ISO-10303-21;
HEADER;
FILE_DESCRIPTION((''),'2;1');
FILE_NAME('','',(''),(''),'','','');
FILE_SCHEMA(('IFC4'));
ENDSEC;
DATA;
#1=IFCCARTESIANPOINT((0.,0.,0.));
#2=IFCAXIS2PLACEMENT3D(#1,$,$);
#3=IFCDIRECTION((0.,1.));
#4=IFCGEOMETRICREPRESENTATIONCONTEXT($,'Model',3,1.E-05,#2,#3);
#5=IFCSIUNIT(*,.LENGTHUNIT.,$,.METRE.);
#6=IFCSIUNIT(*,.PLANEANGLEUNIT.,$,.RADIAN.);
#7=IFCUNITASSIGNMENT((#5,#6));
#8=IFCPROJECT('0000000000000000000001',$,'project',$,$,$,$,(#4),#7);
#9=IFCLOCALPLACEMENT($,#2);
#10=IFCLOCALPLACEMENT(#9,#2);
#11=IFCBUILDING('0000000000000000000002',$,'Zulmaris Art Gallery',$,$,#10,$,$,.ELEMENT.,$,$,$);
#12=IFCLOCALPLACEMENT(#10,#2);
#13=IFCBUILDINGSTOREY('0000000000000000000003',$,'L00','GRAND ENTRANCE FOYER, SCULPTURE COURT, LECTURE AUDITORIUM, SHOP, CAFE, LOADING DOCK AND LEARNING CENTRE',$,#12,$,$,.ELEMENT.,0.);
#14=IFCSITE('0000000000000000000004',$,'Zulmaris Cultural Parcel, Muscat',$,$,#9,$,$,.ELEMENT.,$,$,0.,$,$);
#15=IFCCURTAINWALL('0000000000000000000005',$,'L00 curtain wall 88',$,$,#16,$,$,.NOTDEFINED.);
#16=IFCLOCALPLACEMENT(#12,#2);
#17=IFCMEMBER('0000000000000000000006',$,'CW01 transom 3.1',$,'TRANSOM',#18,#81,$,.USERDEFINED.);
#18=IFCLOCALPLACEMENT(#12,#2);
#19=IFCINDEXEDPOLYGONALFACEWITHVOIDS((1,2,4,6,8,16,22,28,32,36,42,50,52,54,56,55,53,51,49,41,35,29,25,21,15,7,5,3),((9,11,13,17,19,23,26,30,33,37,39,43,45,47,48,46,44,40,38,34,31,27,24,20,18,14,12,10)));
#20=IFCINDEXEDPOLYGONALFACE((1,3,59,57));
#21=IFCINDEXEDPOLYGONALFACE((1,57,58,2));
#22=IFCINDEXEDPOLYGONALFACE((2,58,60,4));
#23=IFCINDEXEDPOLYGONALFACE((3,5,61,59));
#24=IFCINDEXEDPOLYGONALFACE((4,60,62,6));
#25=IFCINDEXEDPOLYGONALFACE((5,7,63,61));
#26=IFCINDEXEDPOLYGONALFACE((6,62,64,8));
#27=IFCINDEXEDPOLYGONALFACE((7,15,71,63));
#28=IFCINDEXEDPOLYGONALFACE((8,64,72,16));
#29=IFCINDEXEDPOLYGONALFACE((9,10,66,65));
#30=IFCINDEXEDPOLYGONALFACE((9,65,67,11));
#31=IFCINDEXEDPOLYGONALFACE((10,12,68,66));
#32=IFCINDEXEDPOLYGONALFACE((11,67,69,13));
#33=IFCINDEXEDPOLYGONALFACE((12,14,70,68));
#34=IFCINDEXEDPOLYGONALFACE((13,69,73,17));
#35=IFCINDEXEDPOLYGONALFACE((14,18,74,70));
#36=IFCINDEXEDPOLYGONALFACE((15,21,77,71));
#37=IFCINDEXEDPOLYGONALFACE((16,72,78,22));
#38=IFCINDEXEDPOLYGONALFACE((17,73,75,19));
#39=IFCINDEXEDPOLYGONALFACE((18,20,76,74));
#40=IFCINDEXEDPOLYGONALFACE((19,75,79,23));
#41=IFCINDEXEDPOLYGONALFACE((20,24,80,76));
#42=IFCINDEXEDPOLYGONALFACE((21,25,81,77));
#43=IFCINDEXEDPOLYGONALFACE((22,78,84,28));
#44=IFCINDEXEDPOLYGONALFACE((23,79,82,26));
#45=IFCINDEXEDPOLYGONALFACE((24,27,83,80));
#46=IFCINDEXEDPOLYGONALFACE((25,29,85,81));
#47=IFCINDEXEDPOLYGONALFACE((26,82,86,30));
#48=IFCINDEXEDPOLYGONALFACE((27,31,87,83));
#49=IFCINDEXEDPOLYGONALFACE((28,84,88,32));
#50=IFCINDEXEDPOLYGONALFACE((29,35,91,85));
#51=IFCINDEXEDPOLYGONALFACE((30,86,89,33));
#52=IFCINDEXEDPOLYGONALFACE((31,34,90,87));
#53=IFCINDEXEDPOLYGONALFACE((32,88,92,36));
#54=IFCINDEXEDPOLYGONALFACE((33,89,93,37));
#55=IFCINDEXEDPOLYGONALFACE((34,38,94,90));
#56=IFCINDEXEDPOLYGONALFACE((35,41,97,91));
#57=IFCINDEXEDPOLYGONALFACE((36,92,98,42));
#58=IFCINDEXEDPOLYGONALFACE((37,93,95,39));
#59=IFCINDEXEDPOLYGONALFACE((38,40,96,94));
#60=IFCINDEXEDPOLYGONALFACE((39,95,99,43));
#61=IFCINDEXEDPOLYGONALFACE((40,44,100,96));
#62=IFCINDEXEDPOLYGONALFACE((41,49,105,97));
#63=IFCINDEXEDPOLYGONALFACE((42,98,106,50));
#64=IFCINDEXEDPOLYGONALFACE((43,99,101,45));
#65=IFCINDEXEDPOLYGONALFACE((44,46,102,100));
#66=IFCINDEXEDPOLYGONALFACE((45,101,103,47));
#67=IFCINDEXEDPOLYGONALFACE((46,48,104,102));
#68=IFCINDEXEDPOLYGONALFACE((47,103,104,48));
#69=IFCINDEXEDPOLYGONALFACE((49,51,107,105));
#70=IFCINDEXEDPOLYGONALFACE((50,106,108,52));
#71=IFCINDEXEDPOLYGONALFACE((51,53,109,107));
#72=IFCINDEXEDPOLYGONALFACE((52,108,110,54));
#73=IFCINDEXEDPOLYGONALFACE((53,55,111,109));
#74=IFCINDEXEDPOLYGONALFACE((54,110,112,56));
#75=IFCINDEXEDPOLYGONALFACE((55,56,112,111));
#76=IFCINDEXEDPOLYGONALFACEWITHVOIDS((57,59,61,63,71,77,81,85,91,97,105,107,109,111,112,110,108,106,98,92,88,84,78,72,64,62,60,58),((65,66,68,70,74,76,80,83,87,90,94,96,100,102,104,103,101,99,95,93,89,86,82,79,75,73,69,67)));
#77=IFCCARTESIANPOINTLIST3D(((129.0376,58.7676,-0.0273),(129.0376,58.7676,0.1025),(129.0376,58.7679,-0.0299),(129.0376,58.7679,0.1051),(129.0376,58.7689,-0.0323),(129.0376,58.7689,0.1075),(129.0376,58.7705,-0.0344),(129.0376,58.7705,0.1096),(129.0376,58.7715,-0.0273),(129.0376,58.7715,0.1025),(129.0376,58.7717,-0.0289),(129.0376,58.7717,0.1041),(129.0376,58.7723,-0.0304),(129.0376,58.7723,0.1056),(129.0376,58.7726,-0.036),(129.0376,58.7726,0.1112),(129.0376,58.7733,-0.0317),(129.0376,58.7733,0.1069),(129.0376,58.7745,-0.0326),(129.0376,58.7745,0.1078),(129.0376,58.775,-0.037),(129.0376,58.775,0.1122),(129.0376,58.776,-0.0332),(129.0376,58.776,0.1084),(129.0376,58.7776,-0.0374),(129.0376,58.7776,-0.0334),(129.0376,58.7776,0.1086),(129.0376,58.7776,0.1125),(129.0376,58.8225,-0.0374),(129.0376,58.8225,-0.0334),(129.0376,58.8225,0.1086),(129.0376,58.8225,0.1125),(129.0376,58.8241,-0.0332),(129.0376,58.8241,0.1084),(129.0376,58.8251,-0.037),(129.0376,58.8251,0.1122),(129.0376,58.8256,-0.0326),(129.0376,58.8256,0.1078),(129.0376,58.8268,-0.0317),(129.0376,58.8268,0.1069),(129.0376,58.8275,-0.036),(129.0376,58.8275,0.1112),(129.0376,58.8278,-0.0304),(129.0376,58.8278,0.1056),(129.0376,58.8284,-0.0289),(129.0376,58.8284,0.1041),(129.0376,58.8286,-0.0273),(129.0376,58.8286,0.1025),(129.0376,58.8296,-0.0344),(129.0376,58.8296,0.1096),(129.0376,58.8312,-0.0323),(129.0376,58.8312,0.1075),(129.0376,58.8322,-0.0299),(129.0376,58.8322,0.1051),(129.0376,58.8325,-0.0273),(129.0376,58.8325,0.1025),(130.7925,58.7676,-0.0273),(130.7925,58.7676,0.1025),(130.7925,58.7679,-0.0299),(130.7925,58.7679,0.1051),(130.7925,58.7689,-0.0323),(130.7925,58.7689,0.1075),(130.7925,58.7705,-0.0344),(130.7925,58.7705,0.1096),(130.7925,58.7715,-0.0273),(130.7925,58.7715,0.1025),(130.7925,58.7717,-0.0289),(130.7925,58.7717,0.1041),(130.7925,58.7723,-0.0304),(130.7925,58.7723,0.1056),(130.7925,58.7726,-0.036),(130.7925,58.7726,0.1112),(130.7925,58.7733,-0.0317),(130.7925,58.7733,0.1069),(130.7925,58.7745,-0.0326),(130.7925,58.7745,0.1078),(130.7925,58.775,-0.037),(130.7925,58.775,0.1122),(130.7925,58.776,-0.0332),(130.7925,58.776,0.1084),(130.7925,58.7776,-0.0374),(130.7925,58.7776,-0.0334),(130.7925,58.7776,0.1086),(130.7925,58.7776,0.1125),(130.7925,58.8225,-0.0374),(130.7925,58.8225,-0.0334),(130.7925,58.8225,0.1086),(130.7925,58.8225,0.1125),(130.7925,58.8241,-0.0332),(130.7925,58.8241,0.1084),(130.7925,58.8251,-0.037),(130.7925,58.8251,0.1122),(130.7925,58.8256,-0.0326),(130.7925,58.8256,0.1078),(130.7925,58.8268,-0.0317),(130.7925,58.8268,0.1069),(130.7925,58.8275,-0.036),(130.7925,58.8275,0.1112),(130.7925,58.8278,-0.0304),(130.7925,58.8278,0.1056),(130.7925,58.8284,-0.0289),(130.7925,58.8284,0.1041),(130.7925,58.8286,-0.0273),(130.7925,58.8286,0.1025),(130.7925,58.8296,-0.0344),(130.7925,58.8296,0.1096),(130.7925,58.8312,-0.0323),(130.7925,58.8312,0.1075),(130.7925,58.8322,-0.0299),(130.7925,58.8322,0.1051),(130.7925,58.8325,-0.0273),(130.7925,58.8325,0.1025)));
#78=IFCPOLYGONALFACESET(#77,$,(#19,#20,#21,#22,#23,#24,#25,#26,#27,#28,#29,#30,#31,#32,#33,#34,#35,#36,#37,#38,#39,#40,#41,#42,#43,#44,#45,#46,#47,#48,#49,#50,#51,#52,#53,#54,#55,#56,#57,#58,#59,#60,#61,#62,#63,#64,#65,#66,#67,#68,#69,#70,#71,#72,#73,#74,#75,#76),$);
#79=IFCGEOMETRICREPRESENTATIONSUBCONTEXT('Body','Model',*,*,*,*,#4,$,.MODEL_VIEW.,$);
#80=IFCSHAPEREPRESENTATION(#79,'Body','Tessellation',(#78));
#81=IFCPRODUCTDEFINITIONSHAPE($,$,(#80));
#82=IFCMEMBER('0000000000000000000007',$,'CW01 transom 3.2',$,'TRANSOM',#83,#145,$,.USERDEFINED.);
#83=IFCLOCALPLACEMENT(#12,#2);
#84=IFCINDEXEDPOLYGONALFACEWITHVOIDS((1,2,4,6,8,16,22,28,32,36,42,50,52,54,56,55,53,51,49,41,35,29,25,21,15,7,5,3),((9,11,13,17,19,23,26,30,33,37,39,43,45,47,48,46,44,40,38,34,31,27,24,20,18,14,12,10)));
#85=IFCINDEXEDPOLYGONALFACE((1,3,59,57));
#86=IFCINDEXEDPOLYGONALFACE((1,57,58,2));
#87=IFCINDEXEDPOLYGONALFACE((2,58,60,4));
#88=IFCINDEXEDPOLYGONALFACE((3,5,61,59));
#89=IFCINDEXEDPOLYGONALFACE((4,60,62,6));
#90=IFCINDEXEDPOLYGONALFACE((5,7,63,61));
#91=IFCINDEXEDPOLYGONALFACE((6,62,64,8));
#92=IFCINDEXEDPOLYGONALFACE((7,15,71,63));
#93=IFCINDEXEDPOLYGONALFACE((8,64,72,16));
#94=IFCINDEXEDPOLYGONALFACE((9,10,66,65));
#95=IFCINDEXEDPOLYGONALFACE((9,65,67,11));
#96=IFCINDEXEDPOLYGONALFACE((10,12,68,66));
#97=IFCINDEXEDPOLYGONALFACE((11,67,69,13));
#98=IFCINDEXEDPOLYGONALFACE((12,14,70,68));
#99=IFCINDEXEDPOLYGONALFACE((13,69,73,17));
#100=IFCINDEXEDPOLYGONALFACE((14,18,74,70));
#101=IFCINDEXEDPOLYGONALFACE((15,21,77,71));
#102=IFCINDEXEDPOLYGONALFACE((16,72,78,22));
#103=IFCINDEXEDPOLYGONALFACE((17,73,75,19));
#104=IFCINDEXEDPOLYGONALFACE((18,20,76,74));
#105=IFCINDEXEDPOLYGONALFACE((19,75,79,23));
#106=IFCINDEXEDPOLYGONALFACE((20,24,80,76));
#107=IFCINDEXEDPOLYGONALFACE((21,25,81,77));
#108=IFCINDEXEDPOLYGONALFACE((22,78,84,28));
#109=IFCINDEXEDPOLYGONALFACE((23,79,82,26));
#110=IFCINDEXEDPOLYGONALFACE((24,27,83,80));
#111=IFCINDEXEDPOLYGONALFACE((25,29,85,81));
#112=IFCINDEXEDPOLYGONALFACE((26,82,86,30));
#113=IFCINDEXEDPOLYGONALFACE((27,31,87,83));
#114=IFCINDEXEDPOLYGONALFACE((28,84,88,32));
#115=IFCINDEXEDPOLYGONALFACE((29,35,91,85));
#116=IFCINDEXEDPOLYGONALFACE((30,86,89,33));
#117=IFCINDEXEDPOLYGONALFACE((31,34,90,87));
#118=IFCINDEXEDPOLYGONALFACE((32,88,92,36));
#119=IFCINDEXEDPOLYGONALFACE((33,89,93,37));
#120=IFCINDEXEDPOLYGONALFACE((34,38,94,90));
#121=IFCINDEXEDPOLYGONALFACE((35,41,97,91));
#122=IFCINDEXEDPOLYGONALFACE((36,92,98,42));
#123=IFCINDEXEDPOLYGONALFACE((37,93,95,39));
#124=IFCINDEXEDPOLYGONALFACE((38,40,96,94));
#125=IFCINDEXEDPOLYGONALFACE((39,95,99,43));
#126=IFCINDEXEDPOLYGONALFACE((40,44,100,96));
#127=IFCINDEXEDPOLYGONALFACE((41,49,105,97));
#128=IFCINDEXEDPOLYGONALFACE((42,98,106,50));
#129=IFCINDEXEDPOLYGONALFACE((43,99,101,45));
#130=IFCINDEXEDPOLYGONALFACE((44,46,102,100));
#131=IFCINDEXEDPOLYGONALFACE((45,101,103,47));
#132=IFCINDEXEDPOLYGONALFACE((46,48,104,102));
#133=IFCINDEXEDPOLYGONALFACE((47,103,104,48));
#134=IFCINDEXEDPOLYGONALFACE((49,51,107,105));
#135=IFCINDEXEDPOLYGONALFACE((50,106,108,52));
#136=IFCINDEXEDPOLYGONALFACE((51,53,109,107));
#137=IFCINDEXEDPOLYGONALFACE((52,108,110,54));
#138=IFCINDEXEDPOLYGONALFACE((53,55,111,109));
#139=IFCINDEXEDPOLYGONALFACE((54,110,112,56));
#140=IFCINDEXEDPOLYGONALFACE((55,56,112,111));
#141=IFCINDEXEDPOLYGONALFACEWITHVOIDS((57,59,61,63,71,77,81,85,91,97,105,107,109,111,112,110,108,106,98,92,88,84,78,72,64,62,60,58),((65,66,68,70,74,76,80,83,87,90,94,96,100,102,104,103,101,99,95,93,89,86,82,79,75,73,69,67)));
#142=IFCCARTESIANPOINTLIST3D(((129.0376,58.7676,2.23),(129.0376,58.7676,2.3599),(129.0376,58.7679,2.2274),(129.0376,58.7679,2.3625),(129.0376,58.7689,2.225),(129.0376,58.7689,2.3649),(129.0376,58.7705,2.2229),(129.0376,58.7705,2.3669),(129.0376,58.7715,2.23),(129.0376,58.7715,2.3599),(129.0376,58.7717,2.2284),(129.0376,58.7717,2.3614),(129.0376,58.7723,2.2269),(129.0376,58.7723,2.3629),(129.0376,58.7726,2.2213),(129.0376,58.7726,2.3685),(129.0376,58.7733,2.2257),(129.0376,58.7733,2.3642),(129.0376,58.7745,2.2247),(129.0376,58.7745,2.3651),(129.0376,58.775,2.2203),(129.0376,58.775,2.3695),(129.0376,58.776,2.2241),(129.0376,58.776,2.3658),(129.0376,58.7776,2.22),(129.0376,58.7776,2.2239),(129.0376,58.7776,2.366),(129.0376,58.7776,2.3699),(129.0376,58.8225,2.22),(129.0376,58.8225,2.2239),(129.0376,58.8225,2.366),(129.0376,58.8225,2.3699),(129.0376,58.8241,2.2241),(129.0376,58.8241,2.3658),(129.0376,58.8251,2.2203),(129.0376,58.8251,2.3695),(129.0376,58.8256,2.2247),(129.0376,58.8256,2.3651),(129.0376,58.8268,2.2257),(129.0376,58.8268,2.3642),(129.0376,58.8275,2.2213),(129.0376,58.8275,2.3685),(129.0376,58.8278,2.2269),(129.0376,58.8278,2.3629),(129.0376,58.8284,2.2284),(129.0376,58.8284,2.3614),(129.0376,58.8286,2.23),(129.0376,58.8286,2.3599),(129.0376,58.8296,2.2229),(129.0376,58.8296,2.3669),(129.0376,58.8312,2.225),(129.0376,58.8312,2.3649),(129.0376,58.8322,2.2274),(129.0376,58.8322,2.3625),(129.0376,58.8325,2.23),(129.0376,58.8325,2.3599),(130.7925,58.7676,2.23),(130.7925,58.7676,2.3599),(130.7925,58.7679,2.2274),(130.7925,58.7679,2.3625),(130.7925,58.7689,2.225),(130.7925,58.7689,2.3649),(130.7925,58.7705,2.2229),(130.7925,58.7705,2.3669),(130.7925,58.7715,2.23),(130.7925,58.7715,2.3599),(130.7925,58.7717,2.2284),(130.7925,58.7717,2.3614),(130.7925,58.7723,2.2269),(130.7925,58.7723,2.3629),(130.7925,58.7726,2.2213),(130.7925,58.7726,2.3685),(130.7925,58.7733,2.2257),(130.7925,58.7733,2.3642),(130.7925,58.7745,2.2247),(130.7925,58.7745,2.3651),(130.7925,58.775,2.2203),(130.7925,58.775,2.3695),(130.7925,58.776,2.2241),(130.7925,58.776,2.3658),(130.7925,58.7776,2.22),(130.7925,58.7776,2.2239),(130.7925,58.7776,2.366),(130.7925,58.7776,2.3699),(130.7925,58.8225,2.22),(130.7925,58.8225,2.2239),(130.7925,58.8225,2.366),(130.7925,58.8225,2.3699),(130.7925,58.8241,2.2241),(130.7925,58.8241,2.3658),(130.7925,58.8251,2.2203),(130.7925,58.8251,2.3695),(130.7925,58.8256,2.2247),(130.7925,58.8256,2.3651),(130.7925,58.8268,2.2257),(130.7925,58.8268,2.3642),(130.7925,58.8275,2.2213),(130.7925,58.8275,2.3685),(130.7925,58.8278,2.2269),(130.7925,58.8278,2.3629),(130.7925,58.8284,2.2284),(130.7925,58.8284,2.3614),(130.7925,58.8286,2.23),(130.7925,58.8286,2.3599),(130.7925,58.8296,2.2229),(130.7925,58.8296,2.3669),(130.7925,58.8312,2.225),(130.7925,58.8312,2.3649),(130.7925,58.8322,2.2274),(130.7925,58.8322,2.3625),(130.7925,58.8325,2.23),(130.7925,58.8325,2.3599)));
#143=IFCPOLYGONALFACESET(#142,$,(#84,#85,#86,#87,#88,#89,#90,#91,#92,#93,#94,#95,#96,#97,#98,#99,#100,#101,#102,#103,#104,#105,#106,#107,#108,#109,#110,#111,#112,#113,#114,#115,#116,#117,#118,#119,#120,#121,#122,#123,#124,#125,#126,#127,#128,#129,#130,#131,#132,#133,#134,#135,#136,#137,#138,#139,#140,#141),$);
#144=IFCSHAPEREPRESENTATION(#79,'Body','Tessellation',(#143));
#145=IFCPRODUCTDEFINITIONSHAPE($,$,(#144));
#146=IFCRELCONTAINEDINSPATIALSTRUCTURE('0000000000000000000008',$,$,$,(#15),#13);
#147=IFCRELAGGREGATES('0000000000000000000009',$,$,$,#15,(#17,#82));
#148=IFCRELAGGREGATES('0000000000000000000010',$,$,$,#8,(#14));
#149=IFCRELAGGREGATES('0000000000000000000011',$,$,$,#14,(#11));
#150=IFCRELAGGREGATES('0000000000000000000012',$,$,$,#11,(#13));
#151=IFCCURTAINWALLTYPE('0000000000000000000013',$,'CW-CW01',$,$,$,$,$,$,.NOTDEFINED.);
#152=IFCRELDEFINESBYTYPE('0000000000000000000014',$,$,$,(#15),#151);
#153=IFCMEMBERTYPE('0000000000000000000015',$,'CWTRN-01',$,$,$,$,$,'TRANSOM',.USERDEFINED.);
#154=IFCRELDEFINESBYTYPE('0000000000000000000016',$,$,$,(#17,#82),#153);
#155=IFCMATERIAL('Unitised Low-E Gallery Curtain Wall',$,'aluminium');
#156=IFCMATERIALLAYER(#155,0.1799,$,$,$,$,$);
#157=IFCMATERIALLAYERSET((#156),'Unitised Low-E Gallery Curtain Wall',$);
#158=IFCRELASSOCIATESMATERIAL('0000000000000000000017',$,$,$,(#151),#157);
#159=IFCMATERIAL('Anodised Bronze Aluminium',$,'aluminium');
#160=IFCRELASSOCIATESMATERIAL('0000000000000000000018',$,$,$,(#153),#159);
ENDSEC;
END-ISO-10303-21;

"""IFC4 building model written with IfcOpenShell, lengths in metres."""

from ifc_helpers import new_model, si_unit, direction, frame, origin, origin_2d, place, context, subcontext, project, spatial, hollow_rectangle, extrude, material, layer, layer_set, material_profile, profile_set, type_object, element, aggregate, save


model = new_model("IFC4")

# Units and contexts
model_context = context("Model", 3, precision=1e-05, world=origin(), true_north=direction((0.0, 1.0)))
body_context = subcontext(model_context, "Body", "Model", "MODEL_VIEW")
ifc_project = project(units=[si_unit("LENGTHUNIT", "METRE"), si_unit("PLANEANGLEUNIT", "RADIAN")], contexts=[model_context])

# Site, building, storey
site_placement = place(None, origin())
site = spatial("IfcSite", under=ifc_project, at=site_placement, Name="Zulmaris Cultural Parcel, Muscat", CompositionType="ELEMENT", RefElevation=0.0)
building_placement = place(site_placement, origin())
building = spatial("IfcBuilding", under=site, at=building_placement, Name="Zulmaris Art Gallery", CompositionType="ELEMENT")
storey_placement = place(building_placement, origin())
storey = spatial("IfcBuildingStorey", under=building, at=storey_placement, Name="L00", Description="GRAND ENTRANCE FOYER, SCULPTURE COURT, LECTURE AUDITORIUM, SHOP, CAFE, LOADING DOCK AND LEARNING CENTRE", CompositionType="ELEMENT", Elevation=0.0)

# Curtain wall, members
ifc_material_1 = material(Name="Unitised Low-E Gallery Curtain Wall", Category="aluminium")
ifc_layer_1 = layer(ifc_material_1, 0.1799)
ifc_layer_set_1 = layer_set([ifc_layer_1], Name="Unitised Low-E Gallery Curtain Wall")
curtain_wall_type = type_object("IfcCurtainWallType", Name="CW-CW01", PredefinedType="NOTDEFINED", material=ifc_layer_set_1)
curtain_wall_placement = place(storey_placement, origin())
curtain_wall = element("IfcCurtainWall", 1, at=curtain_wall_placement, inside=storey, type_object=curtain_wall_type, Name="L00 curtain wall 88", PredefinedType="NOTDEFINED")
ifc_material_2 = material(Name="Anodised Bronze Aluminium", Category="aluminium")
ifc_material_profile_1 = material_profile(ifc_material_2, hollow_rectangle(XDim=0.0649, YDim=0.1499, WallThickness=0.0039, InnerFilletRadius=0.0061, OuterFilletRadius=0.01, at=origin_2d()), Name="ALU 65x150x4")
ifc_profile_set_1 = profile_set([ifc_material_profile_1], Name="Anodised Bronze Aluminium")
member_type_1 = type_object("IfcMemberType", Name="CWTRN-01", ElementType="TRANSOM", PredefinedType="USERDEFINED", material=ifc_profile_set_1)
member_1_placement = place(storey_placement, frame((129.0376, 58.8, 0.0376), z_axis=(1.0, 0.0, 0.0), x_axis=(0.0, 1.0, 0.0)))
member_1 = element("IfcMember", 2, at=member_1_placement, type_object=member_type_1, Name="CW01 transom 3.1", ObjectType="TRANSOM", PredefinedType="USERDEFINED", context=body_context, shape_type="SweptSolid", body=[
    extrude(hollow_rectangle(XDim=0.0649, YDim=0.1499, WallThickness=0.0039, InnerFilletRadius=0.0061, OuterFilletRadius=0.01, at=origin_2d()), origin(), (0.0, 0.0, 1.0), 1.7549),
])
member_2_placement = place(storey_placement, frame((129.0376, 58.8, 2.2949), z_axis=(1.0, 0.0, 0.0), x_axis=(0.0, 1.0, 0.0)))
member_2 = element("IfcMember", 3, at=member_2_placement, type_object=member_type_1, Name="CW01 transom 3.2", ObjectType="TRANSOM", PredefinedType="USERDEFINED", context=body_context, shape_type="SweptSolid", body=[
    extrude(hollow_rectangle(XDim=0.0649, YDim=0.1499, WallThickness=0.0039, InnerFilletRadius=0.0061, OuterFilletRadius=0.01, at=origin_2d()), origin(), (0.0, 0.0, 1.0), 1.7549),
])
aggregate(curtain_wall, [member_1, member_2])

save(model, "model.ifc")
